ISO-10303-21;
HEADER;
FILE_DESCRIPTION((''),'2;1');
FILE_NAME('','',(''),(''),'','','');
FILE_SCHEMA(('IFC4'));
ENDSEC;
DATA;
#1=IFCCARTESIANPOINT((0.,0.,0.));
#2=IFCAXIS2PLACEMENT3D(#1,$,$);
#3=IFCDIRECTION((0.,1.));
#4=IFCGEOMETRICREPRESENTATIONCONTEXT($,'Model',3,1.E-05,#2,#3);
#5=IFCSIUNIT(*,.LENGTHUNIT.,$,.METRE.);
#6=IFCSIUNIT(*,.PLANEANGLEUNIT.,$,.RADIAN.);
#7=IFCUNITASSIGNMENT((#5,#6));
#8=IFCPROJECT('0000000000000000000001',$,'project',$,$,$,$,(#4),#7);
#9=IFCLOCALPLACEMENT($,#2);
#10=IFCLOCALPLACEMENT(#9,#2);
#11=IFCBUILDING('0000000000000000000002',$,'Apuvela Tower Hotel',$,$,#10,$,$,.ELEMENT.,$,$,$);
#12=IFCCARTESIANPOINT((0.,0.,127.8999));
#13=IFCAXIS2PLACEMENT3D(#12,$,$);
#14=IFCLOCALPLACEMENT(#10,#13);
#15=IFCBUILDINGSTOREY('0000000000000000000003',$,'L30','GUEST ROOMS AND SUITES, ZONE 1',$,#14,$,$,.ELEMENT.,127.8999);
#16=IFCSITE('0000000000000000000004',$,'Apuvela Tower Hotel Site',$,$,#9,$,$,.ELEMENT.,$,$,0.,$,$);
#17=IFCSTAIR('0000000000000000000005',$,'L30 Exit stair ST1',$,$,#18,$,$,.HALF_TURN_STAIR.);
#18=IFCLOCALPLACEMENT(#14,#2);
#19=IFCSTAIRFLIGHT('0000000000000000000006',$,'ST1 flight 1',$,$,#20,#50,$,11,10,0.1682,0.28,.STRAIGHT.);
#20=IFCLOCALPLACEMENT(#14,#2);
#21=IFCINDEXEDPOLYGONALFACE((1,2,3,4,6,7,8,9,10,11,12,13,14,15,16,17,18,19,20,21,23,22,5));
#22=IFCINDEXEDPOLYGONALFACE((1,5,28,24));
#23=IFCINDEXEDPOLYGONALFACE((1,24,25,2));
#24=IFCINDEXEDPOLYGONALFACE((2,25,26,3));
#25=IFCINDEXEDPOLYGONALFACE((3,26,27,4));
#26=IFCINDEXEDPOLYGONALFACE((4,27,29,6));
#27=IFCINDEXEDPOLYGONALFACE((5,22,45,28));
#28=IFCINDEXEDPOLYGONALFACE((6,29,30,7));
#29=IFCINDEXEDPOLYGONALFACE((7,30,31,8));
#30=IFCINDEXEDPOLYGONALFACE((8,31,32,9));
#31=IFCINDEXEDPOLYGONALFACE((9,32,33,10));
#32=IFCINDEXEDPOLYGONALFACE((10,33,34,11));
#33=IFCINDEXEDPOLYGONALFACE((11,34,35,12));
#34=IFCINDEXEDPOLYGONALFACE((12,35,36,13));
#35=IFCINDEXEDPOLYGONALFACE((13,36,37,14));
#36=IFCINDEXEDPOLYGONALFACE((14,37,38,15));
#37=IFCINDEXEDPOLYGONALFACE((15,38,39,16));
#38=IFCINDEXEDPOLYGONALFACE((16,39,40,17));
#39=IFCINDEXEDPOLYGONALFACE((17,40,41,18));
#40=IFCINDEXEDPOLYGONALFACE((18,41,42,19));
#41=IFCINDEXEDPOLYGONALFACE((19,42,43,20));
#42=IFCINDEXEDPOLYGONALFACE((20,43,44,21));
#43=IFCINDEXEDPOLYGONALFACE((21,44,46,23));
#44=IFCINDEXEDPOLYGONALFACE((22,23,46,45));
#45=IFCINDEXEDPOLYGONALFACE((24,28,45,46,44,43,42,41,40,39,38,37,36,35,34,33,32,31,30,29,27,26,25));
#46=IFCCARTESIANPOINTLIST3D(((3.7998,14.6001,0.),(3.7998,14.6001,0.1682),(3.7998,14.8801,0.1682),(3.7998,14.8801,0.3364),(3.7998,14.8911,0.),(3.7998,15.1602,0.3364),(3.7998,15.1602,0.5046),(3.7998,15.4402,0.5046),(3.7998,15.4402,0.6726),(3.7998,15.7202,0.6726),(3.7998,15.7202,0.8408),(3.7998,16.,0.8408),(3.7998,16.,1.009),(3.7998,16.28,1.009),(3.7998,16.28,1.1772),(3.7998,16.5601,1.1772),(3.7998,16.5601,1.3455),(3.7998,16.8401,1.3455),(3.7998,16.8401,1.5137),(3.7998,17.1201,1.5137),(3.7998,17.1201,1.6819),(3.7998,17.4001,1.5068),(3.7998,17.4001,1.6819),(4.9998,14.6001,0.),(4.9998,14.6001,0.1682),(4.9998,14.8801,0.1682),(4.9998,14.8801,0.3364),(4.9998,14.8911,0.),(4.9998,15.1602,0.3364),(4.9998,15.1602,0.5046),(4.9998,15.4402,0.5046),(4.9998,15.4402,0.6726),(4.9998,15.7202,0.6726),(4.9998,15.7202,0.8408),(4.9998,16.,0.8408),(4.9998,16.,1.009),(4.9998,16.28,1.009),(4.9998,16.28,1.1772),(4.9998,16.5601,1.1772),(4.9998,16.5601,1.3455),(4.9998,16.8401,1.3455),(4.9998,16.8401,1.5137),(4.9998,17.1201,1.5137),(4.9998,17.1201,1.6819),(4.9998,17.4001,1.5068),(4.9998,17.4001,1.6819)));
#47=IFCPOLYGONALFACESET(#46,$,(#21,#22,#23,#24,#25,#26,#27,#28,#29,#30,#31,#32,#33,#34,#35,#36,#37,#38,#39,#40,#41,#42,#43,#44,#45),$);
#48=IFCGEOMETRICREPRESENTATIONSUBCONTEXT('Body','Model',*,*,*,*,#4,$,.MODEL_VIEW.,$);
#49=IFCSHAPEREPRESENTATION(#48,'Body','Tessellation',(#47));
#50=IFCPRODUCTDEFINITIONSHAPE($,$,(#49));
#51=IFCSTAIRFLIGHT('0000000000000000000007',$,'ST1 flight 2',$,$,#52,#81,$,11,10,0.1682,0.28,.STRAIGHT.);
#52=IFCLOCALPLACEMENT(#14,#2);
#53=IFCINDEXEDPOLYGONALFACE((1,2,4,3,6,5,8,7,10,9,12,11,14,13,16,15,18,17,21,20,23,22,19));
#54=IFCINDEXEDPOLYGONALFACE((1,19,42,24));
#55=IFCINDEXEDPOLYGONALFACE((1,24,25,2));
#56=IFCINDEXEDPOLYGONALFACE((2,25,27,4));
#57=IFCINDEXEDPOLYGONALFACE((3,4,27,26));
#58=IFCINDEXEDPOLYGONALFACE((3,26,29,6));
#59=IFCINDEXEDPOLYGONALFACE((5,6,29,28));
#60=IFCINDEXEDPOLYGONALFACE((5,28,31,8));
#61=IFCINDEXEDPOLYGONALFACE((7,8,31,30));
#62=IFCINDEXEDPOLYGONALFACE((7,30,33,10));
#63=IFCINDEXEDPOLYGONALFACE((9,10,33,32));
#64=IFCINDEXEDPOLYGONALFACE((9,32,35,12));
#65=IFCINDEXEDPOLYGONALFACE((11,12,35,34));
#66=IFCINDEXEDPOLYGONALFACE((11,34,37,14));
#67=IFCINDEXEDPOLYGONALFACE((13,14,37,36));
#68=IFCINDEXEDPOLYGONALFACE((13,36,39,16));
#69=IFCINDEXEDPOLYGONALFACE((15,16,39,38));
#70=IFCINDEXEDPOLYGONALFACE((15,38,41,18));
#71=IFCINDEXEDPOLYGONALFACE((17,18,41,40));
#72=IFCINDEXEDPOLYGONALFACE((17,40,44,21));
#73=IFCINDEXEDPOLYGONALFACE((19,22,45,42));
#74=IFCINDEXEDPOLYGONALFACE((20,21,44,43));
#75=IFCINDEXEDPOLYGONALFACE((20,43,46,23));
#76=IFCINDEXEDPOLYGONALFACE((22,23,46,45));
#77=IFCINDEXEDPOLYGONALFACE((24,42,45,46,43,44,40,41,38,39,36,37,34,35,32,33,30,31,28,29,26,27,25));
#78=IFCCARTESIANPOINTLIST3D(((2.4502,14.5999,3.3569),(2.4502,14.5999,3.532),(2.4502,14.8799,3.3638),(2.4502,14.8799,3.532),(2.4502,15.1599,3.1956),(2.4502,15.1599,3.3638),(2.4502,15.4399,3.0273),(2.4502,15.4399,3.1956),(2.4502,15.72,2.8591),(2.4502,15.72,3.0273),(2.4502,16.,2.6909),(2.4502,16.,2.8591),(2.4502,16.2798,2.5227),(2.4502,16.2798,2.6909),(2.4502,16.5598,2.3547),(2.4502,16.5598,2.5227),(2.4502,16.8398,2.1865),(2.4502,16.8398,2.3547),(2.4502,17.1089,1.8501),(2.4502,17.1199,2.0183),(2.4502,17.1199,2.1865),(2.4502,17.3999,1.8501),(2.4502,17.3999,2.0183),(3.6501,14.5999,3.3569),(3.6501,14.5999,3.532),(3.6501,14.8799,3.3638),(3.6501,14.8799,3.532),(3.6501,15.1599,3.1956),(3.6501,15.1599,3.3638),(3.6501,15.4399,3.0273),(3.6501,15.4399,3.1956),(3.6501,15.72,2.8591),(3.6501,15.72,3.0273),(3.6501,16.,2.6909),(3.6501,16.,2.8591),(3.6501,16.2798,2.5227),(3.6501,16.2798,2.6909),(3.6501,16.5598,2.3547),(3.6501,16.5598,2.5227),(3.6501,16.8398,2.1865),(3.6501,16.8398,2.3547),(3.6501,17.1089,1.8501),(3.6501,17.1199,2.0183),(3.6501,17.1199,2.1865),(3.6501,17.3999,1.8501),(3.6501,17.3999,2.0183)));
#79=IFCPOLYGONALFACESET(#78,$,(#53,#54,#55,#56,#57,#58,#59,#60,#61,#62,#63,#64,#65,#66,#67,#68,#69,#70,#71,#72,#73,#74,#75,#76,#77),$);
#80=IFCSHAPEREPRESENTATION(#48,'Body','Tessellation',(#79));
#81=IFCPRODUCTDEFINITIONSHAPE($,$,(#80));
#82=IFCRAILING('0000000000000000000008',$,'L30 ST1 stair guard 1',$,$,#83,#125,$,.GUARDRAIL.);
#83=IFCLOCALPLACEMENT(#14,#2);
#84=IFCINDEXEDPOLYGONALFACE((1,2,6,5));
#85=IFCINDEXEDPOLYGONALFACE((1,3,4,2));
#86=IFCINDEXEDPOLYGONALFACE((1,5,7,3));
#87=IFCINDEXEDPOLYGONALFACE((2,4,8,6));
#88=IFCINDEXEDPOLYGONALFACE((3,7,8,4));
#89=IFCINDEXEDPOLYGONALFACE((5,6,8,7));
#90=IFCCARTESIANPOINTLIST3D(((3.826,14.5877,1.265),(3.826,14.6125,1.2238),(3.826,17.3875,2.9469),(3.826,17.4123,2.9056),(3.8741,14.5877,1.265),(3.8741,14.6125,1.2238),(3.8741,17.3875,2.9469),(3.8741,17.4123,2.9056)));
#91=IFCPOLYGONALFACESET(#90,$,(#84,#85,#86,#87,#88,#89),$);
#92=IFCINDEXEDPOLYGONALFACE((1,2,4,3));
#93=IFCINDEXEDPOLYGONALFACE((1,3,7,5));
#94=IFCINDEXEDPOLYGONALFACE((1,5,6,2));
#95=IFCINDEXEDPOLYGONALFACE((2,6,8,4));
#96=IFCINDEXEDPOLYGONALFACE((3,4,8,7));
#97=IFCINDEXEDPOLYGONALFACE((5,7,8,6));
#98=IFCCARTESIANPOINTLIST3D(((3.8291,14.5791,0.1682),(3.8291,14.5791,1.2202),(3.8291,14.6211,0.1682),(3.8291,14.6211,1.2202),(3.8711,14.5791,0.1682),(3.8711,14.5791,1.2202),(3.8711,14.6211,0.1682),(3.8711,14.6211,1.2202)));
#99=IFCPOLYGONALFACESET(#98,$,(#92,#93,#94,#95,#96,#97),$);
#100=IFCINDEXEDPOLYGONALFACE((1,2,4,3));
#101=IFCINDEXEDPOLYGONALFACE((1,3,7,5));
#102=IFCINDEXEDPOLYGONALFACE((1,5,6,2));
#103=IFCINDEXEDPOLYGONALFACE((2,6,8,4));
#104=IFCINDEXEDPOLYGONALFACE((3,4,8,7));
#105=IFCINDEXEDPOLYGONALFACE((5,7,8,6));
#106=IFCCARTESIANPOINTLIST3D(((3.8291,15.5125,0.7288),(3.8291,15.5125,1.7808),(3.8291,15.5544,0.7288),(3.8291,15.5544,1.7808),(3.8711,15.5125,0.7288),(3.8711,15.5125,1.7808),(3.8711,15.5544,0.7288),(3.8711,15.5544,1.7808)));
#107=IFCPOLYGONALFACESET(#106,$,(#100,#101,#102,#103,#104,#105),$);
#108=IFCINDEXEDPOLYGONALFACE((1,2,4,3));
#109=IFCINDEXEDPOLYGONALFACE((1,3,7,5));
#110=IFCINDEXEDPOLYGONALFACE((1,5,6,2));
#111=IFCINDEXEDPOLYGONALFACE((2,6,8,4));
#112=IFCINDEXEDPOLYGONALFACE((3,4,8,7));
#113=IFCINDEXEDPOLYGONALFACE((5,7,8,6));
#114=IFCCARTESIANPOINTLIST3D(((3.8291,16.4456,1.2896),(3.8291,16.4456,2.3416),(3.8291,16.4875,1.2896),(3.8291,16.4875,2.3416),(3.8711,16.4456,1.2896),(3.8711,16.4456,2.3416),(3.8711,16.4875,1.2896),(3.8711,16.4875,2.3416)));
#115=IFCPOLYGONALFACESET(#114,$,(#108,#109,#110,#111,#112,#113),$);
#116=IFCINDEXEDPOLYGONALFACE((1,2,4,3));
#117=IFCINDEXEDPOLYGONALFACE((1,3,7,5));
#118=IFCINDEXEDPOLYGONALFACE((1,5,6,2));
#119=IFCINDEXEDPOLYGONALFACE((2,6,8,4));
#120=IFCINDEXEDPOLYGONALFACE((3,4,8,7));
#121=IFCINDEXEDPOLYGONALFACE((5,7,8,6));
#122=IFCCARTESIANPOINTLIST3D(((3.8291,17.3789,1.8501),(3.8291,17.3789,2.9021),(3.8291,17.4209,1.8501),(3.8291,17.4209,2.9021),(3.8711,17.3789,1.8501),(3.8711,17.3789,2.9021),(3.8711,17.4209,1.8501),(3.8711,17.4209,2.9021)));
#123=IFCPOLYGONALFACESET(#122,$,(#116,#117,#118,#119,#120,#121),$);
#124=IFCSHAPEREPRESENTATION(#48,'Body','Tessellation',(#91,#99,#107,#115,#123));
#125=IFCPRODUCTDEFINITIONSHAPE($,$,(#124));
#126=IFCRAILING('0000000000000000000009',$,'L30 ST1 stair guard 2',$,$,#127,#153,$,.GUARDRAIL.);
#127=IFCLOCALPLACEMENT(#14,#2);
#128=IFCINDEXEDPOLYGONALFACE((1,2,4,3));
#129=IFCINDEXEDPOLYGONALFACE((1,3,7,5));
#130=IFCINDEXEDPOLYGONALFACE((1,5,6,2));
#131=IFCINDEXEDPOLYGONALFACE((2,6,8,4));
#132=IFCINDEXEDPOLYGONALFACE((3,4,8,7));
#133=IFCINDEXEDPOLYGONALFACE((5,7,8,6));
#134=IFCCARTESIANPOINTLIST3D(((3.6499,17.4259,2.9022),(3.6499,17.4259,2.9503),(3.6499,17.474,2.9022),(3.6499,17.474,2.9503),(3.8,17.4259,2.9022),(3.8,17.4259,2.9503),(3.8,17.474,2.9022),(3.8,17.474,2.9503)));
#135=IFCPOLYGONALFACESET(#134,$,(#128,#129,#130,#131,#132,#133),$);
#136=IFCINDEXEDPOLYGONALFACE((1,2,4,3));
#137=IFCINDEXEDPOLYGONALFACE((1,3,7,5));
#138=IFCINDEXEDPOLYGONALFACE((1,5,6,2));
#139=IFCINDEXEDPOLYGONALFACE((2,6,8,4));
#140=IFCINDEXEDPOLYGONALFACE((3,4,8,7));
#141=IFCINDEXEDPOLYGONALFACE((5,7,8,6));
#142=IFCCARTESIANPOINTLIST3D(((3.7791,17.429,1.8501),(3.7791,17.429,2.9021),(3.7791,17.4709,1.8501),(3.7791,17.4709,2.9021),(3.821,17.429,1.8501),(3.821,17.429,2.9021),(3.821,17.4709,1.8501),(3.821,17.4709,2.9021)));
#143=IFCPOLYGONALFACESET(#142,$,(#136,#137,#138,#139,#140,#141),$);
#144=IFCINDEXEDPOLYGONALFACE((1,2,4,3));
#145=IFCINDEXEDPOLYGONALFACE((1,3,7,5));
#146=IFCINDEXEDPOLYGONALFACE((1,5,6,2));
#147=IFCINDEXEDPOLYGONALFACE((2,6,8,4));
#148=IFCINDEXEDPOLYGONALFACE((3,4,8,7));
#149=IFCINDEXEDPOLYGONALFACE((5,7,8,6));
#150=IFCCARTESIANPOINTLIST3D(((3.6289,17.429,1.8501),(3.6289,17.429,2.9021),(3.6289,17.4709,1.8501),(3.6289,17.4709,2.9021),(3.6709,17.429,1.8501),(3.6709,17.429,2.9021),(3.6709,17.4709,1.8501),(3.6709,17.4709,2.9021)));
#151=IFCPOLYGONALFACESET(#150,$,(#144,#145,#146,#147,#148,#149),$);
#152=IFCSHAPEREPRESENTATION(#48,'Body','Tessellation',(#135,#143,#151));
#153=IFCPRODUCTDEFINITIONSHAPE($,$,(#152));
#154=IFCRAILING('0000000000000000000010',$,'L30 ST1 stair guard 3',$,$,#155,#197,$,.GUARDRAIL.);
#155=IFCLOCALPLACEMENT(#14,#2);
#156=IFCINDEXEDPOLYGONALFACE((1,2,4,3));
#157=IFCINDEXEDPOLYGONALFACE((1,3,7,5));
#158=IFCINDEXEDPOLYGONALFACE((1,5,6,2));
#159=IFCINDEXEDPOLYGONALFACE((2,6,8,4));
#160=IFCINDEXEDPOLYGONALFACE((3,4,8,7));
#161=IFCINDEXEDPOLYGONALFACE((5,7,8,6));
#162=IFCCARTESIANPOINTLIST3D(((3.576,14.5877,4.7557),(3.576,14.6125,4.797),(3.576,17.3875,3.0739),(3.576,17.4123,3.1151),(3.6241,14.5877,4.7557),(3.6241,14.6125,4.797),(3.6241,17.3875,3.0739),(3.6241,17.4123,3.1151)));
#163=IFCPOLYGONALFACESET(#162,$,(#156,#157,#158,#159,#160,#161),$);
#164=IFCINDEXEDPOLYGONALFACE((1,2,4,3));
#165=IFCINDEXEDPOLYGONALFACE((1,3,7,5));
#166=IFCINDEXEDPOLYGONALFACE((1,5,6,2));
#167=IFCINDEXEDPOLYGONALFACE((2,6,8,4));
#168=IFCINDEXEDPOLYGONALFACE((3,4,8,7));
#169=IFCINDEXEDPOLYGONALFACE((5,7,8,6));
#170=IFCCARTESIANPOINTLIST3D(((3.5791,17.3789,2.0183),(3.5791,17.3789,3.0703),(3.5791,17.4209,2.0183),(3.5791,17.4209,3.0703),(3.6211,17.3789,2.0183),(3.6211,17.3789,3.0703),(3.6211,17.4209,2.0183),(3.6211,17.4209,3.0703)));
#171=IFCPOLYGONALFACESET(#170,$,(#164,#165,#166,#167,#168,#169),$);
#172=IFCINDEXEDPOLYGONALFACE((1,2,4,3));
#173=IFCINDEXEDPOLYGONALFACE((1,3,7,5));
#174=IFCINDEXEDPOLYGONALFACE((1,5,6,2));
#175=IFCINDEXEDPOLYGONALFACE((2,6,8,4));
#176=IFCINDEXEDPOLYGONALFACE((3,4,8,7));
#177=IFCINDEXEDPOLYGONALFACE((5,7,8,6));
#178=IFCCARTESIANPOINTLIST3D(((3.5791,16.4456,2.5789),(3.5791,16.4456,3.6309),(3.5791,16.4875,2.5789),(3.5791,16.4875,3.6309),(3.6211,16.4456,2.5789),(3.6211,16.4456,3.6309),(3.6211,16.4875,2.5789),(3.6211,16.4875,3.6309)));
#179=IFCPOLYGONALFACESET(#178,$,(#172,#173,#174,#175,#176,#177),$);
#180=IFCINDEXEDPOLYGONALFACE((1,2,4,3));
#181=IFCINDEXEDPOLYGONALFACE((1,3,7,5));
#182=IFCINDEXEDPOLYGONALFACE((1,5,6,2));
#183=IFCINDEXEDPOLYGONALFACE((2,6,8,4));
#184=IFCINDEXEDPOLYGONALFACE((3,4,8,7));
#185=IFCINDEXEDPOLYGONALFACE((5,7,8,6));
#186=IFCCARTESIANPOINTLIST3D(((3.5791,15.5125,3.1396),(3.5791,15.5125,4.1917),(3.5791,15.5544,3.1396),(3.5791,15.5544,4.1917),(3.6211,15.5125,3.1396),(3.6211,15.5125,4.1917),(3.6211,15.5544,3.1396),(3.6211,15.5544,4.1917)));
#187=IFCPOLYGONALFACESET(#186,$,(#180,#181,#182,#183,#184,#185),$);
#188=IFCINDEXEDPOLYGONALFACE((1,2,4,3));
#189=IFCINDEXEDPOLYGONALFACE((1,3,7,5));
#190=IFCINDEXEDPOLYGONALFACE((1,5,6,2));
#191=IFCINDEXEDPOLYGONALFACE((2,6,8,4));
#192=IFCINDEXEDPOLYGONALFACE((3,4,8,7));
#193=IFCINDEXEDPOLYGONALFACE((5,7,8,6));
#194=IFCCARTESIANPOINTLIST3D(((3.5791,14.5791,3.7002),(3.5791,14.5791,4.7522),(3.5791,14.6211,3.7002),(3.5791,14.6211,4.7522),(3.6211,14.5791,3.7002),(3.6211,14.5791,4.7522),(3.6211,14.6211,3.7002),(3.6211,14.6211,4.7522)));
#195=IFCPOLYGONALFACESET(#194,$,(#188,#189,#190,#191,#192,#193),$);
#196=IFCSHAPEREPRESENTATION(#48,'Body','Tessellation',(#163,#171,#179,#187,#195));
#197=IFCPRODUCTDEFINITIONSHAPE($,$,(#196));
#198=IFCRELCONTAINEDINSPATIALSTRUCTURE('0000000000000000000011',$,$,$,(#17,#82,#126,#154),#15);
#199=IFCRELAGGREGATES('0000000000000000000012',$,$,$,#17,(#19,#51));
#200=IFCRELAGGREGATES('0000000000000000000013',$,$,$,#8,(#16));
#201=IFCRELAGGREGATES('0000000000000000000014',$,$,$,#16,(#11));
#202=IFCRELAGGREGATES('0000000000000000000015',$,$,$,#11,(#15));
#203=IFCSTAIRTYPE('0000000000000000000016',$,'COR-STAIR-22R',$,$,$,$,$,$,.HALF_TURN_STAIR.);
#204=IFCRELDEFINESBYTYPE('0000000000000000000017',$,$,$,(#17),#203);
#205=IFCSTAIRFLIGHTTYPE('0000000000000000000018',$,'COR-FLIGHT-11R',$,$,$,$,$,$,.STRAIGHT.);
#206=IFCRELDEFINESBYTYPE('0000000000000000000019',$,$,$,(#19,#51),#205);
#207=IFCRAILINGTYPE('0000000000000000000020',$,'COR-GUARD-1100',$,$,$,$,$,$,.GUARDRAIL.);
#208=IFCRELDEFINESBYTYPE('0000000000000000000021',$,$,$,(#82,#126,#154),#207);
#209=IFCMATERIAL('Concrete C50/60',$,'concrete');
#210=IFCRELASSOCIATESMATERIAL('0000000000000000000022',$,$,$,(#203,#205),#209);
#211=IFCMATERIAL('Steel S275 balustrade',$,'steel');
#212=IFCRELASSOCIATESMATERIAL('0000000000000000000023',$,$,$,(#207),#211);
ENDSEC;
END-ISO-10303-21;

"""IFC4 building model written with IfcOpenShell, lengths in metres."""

from ifc_helpers import new_model, si_unit, direction, frame, origin, origin_2d, place, context, subcontext, project, spatial, polyline, rectangle, outline, extrude, material, type_object, element, aggregate, save


model = new_model("IFC4")

# Units and contexts
model_context = context("Model", 3, precision=1e-05, world=origin(), true_north=direction((0.0, 1.0)))
body_context = subcontext(model_context, "Body", "Model", "MODEL_VIEW")
ifc_project = project(units=[si_unit("LENGTHUNIT", "METRE"), si_unit("PLANEANGLEUNIT", "RADIAN")], contexts=[model_context])

# Site, building, storey
site_placement = place(None, origin())
site = spatial("IfcSite", under=ifc_project, at=site_placement, Name="Apuvela Tower Hotel Site", CompositionType="ELEMENT", RefElevation=0.0)
building_placement = place(site_placement, origin())
building = spatial("IfcBuilding", under=site, at=building_placement, Name="Apuvela Tower Hotel", CompositionType="ELEMENT")
storey_placement = place(building_placement, frame((0.0, 0.0, 127.8999)))
storey = spatial("IfcBuildingStorey", under=building, at=storey_placement, Name="L30", Description="GUEST ROOMS AND SUITES, ZONE 1", CompositionType="ELEMENT", Elevation=127.8999)

# Shared definitions
ifc_material_1 = material(Name="Concrete C50/60", Category="concrete")

# Stair, stair flights
stair_type = type_object("IfcStairType", Name="COR-STAIR-22R", PredefinedType="HALF_TURN_STAIR", material=ifc_material_1)
stair_placement = place(storey_placement, origin())
stair = element("IfcStair", 1, at=stair_placement, inside=storey, type_object=stair_type, Name="L30 Exit stair ST1", PredefinedType="HALF_TURN_STAIR")
stair_flight_type = type_object("IfcStairFlightType", Name="COR-FLIGHT-11R", PredefinedType="STRAIGHT", material=ifc_material_1)
stair_flight_1_placement = place(storey_placement, frame((4.3999, 14.6001, 0.0), z_axis=(0.0, 0.0, 1.0), x_axis=(0.0, 1.0, 0.0)))
stair_flight_1 = element("IfcStairFlight", 2, at=stair_flight_1_placement, type_object=stair_flight_type, Name="ST1 flight 1", NumberOfRisers=11, NumberOfTreads=10, PredefinedType="STRAIGHT", RiserHeight=0.1682, TreadLength=0.28, context=body_context, shape_type="SweptSolid", body=[
    extrude(outline(polyline([(0.0, 0.0), (0.0, 0.1682), (0.28, 0.1682), (0.28, 0.3364), (0.5601, 0.3364), (0.5601, 0.5046), (0.8401, 0.5046), (0.8401, 0.6726), (1.1201, 0.6726), (1.1201, 0.8408), (1.3999, 0.8408), (1.3999, 1.009), (1.6799, 1.009), (1.6799, 1.1772), (1.96, 1.1772), (1.96, 1.3455), (2.24, 1.3455), (2.24, 1.5137), (2.52, 1.5137), (2.52, 1.6819), (2.8, 1.6819), (2.8, 1.8501), (2.8, 1.5068), (0.291, 0.0), (0.0, 0.0)])), frame((0.0, 0.6001, 0.0), z_axis=(0.0, -1.0, 0.0), x_axis=(1.0, 0.0, 0.0)), (0.0, 0.0, 1.0), 1.2),
])
stair_flight_2_placement = place(storey_placement, frame((3.05, 17.3999, 1.8501), z_axis=(0.0, 0.0, 1.0), x_axis=(0.0, -1.0, 0.0)))
stair_flight_2 = element("IfcStairFlight", 3, at=stair_flight_2_placement, type_object=stair_flight_type, Name="ST1 flight 2", NumberOfRisers=11, NumberOfTreads=10, PredefinedType="STRAIGHT", RiserHeight=0.1682, TreadLength=0.28, context=body_context, shape_type="SweptSolid", body=[
    extrude(outline(polyline([(0.0, 0.0), (0.0, 0.1682), (0.28, 0.1682), (0.28, 0.3364), (0.5601, 0.3364), (0.5601, 0.5046), (0.8401, 0.5046), (0.8401, 0.6726), (1.1201, 0.6726), (1.1201, 0.8408), (1.3999, 0.8408), (1.3999, 1.009), (1.6799, 1.009), (1.6799, 1.1772), (1.96, 1.1772), (1.96, 1.3455), (2.24, 1.3455), (2.24, 1.5137), (2.52, 1.5137), (2.52, 1.6819), (2.8, 1.6819), (2.8, 1.8501), (2.8, 1.5068), (0.291, 0.0), (0.0, 0.0)])), frame((0.0, 0.6001, 0.0), z_axis=(0.0, -1.0, 0.0), x_axis=(1.0, 0.0, 0.0)), (0.0, 0.0, 1.0), 1.2),
])
aggregate(stair, [stair_flight_1, stair_flight_2])

# Railings
ifc_material_2 = material(Name="Steel S275 balustrade", Category="steel")
railing_type_1 = type_object("IfcRailingType", Name="COR-GUARD-1100", PredefinedType="GUARDRAIL", material=ifc_material_2)
railing_1_placement = place(storey_placement, frame((3.8501, 14.6001, 0.1682)))
element("IfcRailing", 4, at=railing_1_placement, inside=storey, type_object=railing_type_1, Name="L30 ST1 stair guard 1", PredefinedType="GUARDRAIL", context=body_context, shape_type="SweptSolid", body=[
    extrude(rectangle(XDim=0.0481, YDim=0.0481, at=origin_2d()), frame((0.0, 0.0, 1.0762), z_axis=(0.0, 0.857222, 0.514946), x_axis=(-1.0, 0.0, 0.0)), (0.0, 0.0, 1.0), 3.2661),
    extrude(rectangle(XDim=0.042, YDim=0.042, at=origin_2d()), origin(), (0.0, 0.0, 1.0), 1.052),
    extrude(rectangle(XDim=0.042, YDim=0.042, at=origin_2d()), frame((0.0, 0.9333, 0.5605)), (0.0, 0.0, 1.0), 1.052),
    extrude(rectangle(XDim=0.042, YDim=0.042, at=origin_2d()), frame((0.0, 1.8665, 1.1213)), (0.0, 0.0, 1.0), 1.052),
    extrude(rectangle(XDim=0.042, YDim=0.042, at=origin_2d()), frame((0.0, 2.7998, 1.6819)), (0.0, 0.0, 1.0), 1.052),
])
railing_2_placement = place(storey_placement, frame((3.8, 17.45, 1.8501)))
element("IfcRailing", 5, at=railing_2_placement, inside=storey, type_object=railing_type_1, Name="L30 ST1 stair guard 2", PredefinedType="GUARDRAIL", context=body_context, shape_type="SweptSolid", body=[
    extrude(rectangle(XDim=0.0481, YDim=0.0481, at=origin_2d()), frame((0.0, 0.0, 1.0762), z_axis=(-1.0, 0.0, 0.0), x_axis=(0.0, -1.0, 0.0)), (0.0, 0.0, 1.0), 0.1501),
    extrude(rectangle(XDim=0.042, YDim=0.042, at=origin_2d()), origin(), (0.0, 0.0, 1.0), 1.052),
    extrude(rectangle(XDim=0.042, YDim=0.042, at=origin_2d()), frame((-0.1501, 0.0, 0.0)), (0.0, 0.0, 1.0), 1.052),
])
railing_3_placement = place(storey_placement, frame((3.6001, 17.3999, 2.0183)))
element("IfcRailing", 6, at=railing_3_placement, inside=storey, type_object=railing_type_1, Name="L30 ST1 stair guard 3", PredefinedType="GUARDRAIL", context=body_context, shape_type="SweptSolid", body=[
    extrude(rectangle(XDim=0.0481, YDim=0.0481, at=origin_2d()), frame((0.0, 0.0, 1.0762), z_axis=(0.0, -0.857222, 0.514946), x_axis=(1.0, 0.0, 0.0)), (0.0, 0.0, 1.0), 3.2661),
    extrude(rectangle(XDim=0.042, YDim=0.042, at=origin_2d()), origin(), (0.0, 0.0, 1.0), 1.052),
    extrude(rectangle(XDim=0.042, YDim=0.042, at=origin_2d()), frame((0.0, -0.9333, 0.5605)), (0.0, 0.0, 1.0), 1.052),
    extrude(rectangle(XDim=0.042, YDim=0.042, at=origin_2d()), frame((0.0, -1.8665, 1.1213)), (0.0, 0.0, 1.0), 1.052),
    extrude(rectangle(XDim=0.042, YDim=0.042, at=origin_2d()), frame((0.0, -2.7998, 1.6819)), (0.0, 0.0, 1.0), 1.052),
])

save(model, "model.ifc")
